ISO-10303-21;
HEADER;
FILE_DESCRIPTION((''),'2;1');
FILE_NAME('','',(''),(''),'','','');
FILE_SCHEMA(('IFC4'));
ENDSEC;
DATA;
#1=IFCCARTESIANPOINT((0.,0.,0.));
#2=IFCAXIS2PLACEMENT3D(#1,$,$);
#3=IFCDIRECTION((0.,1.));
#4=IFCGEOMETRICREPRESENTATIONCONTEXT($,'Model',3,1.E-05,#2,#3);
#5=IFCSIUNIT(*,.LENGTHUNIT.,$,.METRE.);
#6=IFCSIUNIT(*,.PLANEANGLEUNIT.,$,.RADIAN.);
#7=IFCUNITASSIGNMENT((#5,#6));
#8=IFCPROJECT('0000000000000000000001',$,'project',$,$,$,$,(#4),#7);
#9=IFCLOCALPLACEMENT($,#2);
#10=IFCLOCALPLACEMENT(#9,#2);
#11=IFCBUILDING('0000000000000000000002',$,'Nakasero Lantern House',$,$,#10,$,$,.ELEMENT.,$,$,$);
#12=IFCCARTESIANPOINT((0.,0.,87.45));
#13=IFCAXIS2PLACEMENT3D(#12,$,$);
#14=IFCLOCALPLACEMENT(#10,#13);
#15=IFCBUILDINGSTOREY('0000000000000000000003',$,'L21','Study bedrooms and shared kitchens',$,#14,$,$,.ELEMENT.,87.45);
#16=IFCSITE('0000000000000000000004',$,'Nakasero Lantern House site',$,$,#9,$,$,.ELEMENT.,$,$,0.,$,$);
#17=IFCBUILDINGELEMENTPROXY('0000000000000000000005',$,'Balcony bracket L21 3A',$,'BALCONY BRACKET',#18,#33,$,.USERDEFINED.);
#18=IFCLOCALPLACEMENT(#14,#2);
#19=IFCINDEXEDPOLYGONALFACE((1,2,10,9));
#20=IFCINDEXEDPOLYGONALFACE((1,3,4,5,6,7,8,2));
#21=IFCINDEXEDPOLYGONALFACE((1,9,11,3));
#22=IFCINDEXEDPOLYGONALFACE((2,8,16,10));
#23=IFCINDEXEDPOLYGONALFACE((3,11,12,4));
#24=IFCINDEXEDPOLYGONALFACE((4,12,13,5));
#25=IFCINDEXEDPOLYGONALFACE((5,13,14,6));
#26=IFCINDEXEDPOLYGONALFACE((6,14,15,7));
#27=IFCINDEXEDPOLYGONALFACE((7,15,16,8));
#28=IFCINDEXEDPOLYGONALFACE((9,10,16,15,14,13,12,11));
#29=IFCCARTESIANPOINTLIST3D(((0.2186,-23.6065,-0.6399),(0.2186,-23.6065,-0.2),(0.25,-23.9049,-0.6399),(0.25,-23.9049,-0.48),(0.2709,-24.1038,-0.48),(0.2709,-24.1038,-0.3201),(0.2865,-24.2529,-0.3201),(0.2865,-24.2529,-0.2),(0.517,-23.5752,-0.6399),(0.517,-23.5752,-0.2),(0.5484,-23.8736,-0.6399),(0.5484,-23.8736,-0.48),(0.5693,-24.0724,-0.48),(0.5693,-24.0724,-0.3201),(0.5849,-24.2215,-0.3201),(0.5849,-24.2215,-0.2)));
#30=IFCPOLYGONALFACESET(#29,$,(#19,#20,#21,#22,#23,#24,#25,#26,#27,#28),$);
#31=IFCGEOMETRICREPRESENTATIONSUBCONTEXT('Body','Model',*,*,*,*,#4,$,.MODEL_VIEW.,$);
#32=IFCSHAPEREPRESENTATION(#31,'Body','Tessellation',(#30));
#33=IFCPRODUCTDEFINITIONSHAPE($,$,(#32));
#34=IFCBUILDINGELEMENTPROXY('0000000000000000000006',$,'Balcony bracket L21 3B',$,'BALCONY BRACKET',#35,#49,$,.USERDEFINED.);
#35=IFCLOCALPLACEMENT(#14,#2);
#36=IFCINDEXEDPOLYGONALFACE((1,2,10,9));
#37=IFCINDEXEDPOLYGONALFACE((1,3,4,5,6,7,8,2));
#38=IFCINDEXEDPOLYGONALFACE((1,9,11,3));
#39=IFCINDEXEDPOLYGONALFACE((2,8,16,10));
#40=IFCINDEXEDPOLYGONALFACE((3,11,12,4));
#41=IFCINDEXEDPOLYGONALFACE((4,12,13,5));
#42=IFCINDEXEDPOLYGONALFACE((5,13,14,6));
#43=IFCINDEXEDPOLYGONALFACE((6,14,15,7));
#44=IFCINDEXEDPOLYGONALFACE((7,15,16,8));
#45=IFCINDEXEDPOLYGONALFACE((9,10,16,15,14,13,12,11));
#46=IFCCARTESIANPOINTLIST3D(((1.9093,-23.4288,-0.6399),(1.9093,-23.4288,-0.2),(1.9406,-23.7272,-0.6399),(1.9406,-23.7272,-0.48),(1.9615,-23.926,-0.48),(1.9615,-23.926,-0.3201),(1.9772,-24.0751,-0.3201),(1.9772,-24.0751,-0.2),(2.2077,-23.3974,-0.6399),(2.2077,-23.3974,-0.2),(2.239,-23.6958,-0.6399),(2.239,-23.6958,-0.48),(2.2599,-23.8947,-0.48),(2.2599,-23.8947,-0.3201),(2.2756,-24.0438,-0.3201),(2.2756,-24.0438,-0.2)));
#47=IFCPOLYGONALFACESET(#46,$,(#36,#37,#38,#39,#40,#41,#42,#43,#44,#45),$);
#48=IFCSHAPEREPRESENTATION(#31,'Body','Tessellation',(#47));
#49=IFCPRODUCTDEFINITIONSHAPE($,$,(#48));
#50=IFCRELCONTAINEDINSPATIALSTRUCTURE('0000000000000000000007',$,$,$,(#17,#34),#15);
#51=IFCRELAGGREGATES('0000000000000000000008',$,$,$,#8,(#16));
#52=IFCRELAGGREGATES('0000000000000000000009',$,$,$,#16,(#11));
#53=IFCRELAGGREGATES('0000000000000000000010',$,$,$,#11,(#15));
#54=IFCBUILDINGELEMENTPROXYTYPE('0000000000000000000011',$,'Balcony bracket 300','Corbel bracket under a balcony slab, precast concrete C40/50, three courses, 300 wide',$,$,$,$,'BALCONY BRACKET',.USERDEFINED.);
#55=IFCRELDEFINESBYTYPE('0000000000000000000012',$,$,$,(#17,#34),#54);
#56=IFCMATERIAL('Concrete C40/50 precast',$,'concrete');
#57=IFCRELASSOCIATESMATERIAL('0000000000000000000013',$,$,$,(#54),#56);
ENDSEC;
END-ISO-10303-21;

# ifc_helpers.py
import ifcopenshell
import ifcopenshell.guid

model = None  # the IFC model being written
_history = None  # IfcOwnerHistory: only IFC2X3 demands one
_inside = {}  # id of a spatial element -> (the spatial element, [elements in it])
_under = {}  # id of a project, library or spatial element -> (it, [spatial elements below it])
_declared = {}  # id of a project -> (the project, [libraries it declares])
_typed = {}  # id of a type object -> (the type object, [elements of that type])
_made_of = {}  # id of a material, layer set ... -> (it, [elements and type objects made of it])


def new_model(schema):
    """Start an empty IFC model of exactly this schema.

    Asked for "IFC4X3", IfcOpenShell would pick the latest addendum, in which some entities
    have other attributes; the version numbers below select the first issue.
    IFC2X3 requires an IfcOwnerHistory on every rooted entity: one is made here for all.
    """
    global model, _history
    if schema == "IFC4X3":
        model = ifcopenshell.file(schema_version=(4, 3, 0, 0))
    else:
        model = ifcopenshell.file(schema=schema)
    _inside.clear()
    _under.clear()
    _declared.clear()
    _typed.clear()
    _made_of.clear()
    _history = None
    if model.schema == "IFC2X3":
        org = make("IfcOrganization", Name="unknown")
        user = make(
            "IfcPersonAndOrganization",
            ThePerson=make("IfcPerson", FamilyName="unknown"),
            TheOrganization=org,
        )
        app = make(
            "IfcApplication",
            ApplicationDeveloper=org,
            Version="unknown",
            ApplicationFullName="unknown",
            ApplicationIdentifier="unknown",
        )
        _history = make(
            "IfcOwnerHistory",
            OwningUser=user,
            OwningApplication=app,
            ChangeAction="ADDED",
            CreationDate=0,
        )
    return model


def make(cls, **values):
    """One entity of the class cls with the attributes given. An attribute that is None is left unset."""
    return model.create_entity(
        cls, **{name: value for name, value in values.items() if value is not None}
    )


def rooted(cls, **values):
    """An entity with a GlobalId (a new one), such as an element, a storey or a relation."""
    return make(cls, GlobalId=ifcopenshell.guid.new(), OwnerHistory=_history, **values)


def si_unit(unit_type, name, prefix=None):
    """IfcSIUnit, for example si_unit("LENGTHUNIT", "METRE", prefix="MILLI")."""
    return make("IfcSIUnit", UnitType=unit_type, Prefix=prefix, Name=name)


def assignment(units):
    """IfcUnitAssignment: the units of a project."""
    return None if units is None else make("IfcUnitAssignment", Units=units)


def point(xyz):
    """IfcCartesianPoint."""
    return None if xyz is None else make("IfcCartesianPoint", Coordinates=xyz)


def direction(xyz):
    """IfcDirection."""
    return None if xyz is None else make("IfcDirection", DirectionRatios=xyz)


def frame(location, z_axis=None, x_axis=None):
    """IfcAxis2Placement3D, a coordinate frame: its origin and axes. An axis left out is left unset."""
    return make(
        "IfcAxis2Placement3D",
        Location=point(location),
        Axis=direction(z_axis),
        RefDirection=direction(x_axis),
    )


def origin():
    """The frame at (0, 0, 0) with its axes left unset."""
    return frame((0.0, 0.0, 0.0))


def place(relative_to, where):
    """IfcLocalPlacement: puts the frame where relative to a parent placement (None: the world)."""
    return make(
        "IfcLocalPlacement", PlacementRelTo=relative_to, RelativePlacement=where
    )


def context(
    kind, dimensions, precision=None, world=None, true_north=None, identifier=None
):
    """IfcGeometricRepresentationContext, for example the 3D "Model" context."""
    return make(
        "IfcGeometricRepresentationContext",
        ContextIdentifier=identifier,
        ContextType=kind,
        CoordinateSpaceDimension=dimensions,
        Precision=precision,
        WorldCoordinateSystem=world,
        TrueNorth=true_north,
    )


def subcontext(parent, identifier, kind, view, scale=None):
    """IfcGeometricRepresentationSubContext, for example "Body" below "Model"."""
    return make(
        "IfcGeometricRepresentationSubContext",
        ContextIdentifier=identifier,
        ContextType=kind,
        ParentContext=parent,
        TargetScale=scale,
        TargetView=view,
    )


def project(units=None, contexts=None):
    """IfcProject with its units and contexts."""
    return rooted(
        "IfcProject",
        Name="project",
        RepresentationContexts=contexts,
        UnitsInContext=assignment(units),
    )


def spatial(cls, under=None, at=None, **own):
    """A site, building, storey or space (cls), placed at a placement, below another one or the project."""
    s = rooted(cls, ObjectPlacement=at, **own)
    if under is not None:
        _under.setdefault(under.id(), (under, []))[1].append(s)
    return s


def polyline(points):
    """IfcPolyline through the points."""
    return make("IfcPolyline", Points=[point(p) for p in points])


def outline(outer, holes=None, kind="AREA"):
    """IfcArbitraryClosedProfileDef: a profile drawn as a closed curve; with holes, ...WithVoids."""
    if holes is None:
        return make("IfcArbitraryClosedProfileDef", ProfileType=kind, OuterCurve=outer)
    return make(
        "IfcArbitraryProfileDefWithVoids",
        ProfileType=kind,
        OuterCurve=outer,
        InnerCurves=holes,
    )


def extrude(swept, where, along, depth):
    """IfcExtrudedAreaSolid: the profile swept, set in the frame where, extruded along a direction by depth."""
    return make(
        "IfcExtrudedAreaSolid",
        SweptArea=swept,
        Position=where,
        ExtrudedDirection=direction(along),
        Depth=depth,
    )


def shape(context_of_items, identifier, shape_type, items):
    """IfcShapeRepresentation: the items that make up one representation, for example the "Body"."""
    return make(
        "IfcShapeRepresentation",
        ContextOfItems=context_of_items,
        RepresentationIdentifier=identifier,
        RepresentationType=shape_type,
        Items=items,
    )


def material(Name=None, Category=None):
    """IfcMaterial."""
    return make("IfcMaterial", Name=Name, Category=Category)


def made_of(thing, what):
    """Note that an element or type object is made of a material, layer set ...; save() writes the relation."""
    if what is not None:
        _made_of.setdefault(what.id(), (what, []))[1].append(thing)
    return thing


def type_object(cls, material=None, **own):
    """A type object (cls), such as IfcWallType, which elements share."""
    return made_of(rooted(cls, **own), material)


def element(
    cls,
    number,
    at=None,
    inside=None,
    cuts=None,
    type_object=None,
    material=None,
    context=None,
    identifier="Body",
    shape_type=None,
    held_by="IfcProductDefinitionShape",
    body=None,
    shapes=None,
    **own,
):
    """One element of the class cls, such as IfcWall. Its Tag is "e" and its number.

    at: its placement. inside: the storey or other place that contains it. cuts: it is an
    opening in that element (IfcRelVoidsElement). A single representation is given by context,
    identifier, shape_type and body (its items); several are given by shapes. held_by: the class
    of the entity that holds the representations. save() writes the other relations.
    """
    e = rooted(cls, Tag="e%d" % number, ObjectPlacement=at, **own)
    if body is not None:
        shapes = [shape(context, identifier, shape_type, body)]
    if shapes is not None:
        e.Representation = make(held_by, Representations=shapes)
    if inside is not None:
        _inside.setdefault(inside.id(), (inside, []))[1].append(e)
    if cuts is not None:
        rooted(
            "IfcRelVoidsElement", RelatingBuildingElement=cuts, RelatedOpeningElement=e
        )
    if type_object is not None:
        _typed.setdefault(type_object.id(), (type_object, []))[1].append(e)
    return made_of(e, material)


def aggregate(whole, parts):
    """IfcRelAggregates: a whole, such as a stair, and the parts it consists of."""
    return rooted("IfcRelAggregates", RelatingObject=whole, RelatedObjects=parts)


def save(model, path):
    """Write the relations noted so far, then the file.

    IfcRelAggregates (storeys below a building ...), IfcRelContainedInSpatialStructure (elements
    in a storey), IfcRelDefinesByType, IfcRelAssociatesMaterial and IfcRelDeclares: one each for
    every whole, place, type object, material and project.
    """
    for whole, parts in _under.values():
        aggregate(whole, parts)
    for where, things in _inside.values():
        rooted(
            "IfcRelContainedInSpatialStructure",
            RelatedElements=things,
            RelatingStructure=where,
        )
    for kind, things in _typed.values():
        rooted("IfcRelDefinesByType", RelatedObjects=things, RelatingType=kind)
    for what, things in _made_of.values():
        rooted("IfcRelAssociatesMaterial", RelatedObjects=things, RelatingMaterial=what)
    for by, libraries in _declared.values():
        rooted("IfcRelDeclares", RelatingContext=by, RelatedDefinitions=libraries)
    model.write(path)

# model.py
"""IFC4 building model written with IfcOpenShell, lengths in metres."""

from ifc_helpers import new_model, si_unit, direction, frame, origin, place, context, subcontext, project, spatial, polyline, outline, extrude, material, type_object, element, save


model = new_model("IFC4")

# Units and contexts
model_context = context("Model", 3, precision=1e-05, world=origin(), true_north=direction((0.0, 1.0)))
body_context = subcontext(model_context, "Body", "Model", "MODEL_VIEW")
ifc_project = project(units=[si_unit("LENGTHUNIT", "METRE"), si_unit("PLANEANGLEUNIT", "RADIAN")], contexts=[model_context])

# Site, building, storey
site_placement = place(None, origin())
site = spatial("IfcSite", under=ifc_project, at=site_placement, Name="Nakasero Lantern House site", CompositionType="ELEMENT", RefElevation=0.0)
building_placement = place(site_placement, origin())
building = spatial("IfcBuilding", under=site, at=building_placement, Name="Nakasero Lantern House", CompositionType="ELEMENT")
storey_placement = place(building_placement, frame((0.0, 0.0, 87.45)))
storey = spatial("IfcBuildingStorey", under=building, at=storey_placement, Name="L21", Description="Study bedrooms and shared kitchens", CompositionType="ELEMENT", Elevation=87.45)

# Building element proxies
ifc_material_1 = material(Name="Concrete C40/50 precast", Category="concrete")
building_element_proxy_type = type_object("IfcBuildingElementProxyType", Name="Balcony bracket 300", Description="Corbel bracket under a balcony slab, precast concrete C40/50, three courses, 300 wide", ElementType="BALCONY BRACKET", PredefinedType="USERDEFINED", material=ifc_material_1)
for number, where, z_axis, x_axis, name in (
    (1, (0.3679, -23.5908, -0.2), (0.0, 0.0, 1.0), (0.104528, -0.994522, 0.0), "Balcony bracket L21 3A"),
    (2, (2.0586, -23.4131, -0.2), (0.0, 0.0, 1.0), (0.104528, -0.994522, 0.0), "Balcony bracket L21 3B"),
):
    element("IfcBuildingElementProxy", number, at=place(storey_placement, frame(where, z_axis=z_axis, x_axis=x_axis)), inside=storey, type_object=building_element_proxy_type, Name=name, ObjectType="BALCONY BRACKET", PredefinedType="USERDEFINED", context=body_context, shape_type="SweptSolid", body=[
        extrude(outline(polyline([(0.0, 0.0), (0.6499, 0.0), (0.6499, -0.1201), (0.5, -0.1201), (0.5, -0.28), (0.3, -0.28), (0.3, -0.4399), (0.0, -0.4399), (0.0, 0.0)])), frame((0.0, 0.1499, 0.0), z_axis=(0.0, -1.0, 0.0), x_axis=(1.0, 0.0, 0.0)), (0.0, 0.0, 1.0), 0.3),
    ])

save(model, "model.ifc")
